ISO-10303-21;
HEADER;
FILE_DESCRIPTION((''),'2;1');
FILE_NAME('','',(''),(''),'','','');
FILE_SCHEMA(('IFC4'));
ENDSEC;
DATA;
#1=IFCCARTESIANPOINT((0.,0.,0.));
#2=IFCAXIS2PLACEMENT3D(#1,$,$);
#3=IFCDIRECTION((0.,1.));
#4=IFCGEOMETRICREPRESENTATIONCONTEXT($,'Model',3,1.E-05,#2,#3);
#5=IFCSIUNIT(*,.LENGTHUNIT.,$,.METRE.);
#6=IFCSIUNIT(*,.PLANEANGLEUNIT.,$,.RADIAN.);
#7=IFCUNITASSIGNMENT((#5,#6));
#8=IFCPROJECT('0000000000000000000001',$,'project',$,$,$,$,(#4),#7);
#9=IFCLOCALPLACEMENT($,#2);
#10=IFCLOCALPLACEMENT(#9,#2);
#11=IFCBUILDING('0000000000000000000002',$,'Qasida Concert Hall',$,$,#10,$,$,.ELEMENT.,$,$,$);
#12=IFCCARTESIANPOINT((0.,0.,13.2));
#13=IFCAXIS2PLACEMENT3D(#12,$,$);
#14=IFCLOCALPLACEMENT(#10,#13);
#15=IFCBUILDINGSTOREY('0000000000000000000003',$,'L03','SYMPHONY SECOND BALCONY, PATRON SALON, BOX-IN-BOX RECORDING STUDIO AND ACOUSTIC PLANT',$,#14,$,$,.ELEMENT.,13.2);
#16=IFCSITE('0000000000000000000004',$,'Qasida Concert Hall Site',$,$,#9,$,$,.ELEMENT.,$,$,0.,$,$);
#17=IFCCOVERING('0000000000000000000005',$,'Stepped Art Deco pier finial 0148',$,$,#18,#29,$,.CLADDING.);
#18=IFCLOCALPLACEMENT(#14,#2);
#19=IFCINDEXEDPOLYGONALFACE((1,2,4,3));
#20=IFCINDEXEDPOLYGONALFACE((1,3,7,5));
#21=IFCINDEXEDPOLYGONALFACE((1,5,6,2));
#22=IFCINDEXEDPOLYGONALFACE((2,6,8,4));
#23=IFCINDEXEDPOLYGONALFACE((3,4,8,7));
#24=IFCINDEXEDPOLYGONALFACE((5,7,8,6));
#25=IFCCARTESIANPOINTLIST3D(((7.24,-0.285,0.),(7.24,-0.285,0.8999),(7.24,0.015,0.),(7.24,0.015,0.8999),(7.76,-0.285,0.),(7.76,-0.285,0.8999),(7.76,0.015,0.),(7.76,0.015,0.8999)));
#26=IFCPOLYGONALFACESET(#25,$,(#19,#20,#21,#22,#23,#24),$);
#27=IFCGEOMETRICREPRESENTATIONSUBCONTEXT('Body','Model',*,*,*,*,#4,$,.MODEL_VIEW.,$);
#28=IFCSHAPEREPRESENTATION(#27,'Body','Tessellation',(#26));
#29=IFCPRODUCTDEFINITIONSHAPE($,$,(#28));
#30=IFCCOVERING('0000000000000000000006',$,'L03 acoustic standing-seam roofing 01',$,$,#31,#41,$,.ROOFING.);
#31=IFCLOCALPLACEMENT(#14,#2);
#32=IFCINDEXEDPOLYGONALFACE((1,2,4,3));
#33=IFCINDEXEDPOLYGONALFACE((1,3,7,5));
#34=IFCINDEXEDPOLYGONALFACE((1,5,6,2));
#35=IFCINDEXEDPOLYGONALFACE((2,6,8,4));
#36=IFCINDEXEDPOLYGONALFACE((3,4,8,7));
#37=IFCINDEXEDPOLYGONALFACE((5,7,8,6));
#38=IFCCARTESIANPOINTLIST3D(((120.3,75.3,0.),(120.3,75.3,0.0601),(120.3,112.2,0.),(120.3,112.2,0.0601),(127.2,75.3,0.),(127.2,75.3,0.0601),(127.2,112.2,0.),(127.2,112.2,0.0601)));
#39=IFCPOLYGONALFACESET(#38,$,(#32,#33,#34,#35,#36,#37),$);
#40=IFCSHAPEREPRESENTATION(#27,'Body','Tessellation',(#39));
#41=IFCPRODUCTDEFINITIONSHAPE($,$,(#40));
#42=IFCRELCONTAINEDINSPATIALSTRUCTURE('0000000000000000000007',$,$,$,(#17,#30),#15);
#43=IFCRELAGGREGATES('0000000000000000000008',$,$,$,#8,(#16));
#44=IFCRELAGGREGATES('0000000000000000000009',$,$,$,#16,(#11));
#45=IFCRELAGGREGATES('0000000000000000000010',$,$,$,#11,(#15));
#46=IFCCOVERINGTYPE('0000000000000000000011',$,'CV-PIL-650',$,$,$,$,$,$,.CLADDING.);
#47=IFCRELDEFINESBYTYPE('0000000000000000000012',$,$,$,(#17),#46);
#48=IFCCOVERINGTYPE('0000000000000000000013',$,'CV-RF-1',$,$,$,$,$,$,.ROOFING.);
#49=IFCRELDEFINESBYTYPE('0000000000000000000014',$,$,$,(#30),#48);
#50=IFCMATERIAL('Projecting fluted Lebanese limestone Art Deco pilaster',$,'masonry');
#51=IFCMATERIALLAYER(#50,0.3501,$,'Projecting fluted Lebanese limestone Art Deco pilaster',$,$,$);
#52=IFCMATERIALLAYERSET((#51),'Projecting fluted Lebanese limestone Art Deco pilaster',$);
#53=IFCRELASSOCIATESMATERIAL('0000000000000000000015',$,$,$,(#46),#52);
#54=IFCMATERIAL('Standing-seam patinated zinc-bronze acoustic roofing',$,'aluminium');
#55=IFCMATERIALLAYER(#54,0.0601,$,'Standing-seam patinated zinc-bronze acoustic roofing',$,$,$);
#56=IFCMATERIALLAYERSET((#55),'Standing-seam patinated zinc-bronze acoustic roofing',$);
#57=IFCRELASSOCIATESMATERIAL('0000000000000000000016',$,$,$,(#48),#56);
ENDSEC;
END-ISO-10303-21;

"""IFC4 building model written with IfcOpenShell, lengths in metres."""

from ifc_helpers import new_model, si_unit, direction, frame, origin, origin_2d, place, context, subcontext, project, spatial, polyline, rectangle, outline, extrude, material, layer, layer_set, type_object, element, save


model = new_model("IFC4")

# Units and contexts
model_context = context("Model", 3, precision=1e-05, world=origin(), true_north=direction((0.0, 1.0)))
body_context = subcontext(model_context, "Body", "Model", "MODEL_VIEW")
ifc_project = project(units=[si_unit("LENGTHUNIT", "METRE"), si_unit("PLANEANGLEUNIT", "RADIAN")], contexts=[model_context])

# Site, building, storey
site_placement = place(None, origin())
site = spatial("IfcSite", under=ifc_project, at=site_placement, Name="Qasida Concert Hall Site", CompositionType="ELEMENT", RefElevation=0.0)
building_placement = place(site_placement, origin())
building = spatial("IfcBuilding", under=site, at=building_placement, Name="Qasida Concert Hall", CompositionType="ELEMENT")
storey_placement = place(building_placement, frame((0.0, 0.0, 13.2)))
storey = spatial("IfcBuildingStorey", under=building, at=storey_placement, Name="L03", Description="SYMPHONY SECOND BALCONY, PATRON SALON, BOX-IN-BOX RECORDING STUDIO AND ACOUSTIC PLANT", CompositionType="ELEMENT", Elevation=13.2)

# Coverings
ifc_material_1 = material(Name="Projecting fluted Lebanese limestone Art Deco pilaster", Category="masonry")
ifc_layer_1 = layer(ifc_material_1, 0.3501, Name="Projecting fluted Lebanese limestone Art Deco pilaster")
ifc_layer_set_1 = layer_set([ifc_layer_1], Name="Projecting fluted Lebanese limestone Art Deco pilaster")
covering_type_1 = type_object("IfcCoveringType", Name="CV-PIL-650", PredefinedType="CLADDING", material=ifc_layer_set_1)
covering_1_placement = place(storey_placement, frame((7.5, -0.135, 0.0), z_axis=(0.0, 0.0, 1.0), x_axis=(1.0, 0.0, 0.0)))
element("IfcCovering", 1, at=covering_1_placement, inside=storey, type_object=covering_type_1, Name="Stepped Art Deco pier finial 0148", PredefinedType="CLADDING", context=body_context, shape_type="SweptSolid", body=[
    extrude(rectangle(XDim=0.52, YDim=0.3, at=origin_2d()), origin(), (0.0, 0.0, 1.0), 0.8999),
])
ifc_material_2 = material(Name="Standing-seam patinated zinc-bronze acoustic roofing", Category="aluminium")
ifc_layer_2 = layer(ifc_material_2, 0.0601, Name="Standing-seam patinated zinc-bronze acoustic roofing")
ifc_layer_set_2 = layer_set([ifc_layer_2], Name="Standing-seam patinated zinc-bronze acoustic roofing")
covering_type_2 = type_object("IfcCoveringType", Name="CV-RF-1", PredefinedType="ROOFING", material=ifc_layer_set_2)
covering_2_placement = place(storey_placement, origin())
element("IfcCovering", 2, at=covering_2_placement, inside=storey, type_object=covering_type_2, Name="L03 acoustic standing-seam roofing 01", PredefinedType="ROOFING", context=body_context, shape_type="SweptSolid", body=[
    extrude(outline(polyline([(120.3, 75.3), (127.2, 75.3), (127.2, 112.2), (120.3, 112.2), (120.3, 75.3)])), origin(), (0.0, 0.0, 1.0), 0.0601),
])

save(model, "model.ifc")
